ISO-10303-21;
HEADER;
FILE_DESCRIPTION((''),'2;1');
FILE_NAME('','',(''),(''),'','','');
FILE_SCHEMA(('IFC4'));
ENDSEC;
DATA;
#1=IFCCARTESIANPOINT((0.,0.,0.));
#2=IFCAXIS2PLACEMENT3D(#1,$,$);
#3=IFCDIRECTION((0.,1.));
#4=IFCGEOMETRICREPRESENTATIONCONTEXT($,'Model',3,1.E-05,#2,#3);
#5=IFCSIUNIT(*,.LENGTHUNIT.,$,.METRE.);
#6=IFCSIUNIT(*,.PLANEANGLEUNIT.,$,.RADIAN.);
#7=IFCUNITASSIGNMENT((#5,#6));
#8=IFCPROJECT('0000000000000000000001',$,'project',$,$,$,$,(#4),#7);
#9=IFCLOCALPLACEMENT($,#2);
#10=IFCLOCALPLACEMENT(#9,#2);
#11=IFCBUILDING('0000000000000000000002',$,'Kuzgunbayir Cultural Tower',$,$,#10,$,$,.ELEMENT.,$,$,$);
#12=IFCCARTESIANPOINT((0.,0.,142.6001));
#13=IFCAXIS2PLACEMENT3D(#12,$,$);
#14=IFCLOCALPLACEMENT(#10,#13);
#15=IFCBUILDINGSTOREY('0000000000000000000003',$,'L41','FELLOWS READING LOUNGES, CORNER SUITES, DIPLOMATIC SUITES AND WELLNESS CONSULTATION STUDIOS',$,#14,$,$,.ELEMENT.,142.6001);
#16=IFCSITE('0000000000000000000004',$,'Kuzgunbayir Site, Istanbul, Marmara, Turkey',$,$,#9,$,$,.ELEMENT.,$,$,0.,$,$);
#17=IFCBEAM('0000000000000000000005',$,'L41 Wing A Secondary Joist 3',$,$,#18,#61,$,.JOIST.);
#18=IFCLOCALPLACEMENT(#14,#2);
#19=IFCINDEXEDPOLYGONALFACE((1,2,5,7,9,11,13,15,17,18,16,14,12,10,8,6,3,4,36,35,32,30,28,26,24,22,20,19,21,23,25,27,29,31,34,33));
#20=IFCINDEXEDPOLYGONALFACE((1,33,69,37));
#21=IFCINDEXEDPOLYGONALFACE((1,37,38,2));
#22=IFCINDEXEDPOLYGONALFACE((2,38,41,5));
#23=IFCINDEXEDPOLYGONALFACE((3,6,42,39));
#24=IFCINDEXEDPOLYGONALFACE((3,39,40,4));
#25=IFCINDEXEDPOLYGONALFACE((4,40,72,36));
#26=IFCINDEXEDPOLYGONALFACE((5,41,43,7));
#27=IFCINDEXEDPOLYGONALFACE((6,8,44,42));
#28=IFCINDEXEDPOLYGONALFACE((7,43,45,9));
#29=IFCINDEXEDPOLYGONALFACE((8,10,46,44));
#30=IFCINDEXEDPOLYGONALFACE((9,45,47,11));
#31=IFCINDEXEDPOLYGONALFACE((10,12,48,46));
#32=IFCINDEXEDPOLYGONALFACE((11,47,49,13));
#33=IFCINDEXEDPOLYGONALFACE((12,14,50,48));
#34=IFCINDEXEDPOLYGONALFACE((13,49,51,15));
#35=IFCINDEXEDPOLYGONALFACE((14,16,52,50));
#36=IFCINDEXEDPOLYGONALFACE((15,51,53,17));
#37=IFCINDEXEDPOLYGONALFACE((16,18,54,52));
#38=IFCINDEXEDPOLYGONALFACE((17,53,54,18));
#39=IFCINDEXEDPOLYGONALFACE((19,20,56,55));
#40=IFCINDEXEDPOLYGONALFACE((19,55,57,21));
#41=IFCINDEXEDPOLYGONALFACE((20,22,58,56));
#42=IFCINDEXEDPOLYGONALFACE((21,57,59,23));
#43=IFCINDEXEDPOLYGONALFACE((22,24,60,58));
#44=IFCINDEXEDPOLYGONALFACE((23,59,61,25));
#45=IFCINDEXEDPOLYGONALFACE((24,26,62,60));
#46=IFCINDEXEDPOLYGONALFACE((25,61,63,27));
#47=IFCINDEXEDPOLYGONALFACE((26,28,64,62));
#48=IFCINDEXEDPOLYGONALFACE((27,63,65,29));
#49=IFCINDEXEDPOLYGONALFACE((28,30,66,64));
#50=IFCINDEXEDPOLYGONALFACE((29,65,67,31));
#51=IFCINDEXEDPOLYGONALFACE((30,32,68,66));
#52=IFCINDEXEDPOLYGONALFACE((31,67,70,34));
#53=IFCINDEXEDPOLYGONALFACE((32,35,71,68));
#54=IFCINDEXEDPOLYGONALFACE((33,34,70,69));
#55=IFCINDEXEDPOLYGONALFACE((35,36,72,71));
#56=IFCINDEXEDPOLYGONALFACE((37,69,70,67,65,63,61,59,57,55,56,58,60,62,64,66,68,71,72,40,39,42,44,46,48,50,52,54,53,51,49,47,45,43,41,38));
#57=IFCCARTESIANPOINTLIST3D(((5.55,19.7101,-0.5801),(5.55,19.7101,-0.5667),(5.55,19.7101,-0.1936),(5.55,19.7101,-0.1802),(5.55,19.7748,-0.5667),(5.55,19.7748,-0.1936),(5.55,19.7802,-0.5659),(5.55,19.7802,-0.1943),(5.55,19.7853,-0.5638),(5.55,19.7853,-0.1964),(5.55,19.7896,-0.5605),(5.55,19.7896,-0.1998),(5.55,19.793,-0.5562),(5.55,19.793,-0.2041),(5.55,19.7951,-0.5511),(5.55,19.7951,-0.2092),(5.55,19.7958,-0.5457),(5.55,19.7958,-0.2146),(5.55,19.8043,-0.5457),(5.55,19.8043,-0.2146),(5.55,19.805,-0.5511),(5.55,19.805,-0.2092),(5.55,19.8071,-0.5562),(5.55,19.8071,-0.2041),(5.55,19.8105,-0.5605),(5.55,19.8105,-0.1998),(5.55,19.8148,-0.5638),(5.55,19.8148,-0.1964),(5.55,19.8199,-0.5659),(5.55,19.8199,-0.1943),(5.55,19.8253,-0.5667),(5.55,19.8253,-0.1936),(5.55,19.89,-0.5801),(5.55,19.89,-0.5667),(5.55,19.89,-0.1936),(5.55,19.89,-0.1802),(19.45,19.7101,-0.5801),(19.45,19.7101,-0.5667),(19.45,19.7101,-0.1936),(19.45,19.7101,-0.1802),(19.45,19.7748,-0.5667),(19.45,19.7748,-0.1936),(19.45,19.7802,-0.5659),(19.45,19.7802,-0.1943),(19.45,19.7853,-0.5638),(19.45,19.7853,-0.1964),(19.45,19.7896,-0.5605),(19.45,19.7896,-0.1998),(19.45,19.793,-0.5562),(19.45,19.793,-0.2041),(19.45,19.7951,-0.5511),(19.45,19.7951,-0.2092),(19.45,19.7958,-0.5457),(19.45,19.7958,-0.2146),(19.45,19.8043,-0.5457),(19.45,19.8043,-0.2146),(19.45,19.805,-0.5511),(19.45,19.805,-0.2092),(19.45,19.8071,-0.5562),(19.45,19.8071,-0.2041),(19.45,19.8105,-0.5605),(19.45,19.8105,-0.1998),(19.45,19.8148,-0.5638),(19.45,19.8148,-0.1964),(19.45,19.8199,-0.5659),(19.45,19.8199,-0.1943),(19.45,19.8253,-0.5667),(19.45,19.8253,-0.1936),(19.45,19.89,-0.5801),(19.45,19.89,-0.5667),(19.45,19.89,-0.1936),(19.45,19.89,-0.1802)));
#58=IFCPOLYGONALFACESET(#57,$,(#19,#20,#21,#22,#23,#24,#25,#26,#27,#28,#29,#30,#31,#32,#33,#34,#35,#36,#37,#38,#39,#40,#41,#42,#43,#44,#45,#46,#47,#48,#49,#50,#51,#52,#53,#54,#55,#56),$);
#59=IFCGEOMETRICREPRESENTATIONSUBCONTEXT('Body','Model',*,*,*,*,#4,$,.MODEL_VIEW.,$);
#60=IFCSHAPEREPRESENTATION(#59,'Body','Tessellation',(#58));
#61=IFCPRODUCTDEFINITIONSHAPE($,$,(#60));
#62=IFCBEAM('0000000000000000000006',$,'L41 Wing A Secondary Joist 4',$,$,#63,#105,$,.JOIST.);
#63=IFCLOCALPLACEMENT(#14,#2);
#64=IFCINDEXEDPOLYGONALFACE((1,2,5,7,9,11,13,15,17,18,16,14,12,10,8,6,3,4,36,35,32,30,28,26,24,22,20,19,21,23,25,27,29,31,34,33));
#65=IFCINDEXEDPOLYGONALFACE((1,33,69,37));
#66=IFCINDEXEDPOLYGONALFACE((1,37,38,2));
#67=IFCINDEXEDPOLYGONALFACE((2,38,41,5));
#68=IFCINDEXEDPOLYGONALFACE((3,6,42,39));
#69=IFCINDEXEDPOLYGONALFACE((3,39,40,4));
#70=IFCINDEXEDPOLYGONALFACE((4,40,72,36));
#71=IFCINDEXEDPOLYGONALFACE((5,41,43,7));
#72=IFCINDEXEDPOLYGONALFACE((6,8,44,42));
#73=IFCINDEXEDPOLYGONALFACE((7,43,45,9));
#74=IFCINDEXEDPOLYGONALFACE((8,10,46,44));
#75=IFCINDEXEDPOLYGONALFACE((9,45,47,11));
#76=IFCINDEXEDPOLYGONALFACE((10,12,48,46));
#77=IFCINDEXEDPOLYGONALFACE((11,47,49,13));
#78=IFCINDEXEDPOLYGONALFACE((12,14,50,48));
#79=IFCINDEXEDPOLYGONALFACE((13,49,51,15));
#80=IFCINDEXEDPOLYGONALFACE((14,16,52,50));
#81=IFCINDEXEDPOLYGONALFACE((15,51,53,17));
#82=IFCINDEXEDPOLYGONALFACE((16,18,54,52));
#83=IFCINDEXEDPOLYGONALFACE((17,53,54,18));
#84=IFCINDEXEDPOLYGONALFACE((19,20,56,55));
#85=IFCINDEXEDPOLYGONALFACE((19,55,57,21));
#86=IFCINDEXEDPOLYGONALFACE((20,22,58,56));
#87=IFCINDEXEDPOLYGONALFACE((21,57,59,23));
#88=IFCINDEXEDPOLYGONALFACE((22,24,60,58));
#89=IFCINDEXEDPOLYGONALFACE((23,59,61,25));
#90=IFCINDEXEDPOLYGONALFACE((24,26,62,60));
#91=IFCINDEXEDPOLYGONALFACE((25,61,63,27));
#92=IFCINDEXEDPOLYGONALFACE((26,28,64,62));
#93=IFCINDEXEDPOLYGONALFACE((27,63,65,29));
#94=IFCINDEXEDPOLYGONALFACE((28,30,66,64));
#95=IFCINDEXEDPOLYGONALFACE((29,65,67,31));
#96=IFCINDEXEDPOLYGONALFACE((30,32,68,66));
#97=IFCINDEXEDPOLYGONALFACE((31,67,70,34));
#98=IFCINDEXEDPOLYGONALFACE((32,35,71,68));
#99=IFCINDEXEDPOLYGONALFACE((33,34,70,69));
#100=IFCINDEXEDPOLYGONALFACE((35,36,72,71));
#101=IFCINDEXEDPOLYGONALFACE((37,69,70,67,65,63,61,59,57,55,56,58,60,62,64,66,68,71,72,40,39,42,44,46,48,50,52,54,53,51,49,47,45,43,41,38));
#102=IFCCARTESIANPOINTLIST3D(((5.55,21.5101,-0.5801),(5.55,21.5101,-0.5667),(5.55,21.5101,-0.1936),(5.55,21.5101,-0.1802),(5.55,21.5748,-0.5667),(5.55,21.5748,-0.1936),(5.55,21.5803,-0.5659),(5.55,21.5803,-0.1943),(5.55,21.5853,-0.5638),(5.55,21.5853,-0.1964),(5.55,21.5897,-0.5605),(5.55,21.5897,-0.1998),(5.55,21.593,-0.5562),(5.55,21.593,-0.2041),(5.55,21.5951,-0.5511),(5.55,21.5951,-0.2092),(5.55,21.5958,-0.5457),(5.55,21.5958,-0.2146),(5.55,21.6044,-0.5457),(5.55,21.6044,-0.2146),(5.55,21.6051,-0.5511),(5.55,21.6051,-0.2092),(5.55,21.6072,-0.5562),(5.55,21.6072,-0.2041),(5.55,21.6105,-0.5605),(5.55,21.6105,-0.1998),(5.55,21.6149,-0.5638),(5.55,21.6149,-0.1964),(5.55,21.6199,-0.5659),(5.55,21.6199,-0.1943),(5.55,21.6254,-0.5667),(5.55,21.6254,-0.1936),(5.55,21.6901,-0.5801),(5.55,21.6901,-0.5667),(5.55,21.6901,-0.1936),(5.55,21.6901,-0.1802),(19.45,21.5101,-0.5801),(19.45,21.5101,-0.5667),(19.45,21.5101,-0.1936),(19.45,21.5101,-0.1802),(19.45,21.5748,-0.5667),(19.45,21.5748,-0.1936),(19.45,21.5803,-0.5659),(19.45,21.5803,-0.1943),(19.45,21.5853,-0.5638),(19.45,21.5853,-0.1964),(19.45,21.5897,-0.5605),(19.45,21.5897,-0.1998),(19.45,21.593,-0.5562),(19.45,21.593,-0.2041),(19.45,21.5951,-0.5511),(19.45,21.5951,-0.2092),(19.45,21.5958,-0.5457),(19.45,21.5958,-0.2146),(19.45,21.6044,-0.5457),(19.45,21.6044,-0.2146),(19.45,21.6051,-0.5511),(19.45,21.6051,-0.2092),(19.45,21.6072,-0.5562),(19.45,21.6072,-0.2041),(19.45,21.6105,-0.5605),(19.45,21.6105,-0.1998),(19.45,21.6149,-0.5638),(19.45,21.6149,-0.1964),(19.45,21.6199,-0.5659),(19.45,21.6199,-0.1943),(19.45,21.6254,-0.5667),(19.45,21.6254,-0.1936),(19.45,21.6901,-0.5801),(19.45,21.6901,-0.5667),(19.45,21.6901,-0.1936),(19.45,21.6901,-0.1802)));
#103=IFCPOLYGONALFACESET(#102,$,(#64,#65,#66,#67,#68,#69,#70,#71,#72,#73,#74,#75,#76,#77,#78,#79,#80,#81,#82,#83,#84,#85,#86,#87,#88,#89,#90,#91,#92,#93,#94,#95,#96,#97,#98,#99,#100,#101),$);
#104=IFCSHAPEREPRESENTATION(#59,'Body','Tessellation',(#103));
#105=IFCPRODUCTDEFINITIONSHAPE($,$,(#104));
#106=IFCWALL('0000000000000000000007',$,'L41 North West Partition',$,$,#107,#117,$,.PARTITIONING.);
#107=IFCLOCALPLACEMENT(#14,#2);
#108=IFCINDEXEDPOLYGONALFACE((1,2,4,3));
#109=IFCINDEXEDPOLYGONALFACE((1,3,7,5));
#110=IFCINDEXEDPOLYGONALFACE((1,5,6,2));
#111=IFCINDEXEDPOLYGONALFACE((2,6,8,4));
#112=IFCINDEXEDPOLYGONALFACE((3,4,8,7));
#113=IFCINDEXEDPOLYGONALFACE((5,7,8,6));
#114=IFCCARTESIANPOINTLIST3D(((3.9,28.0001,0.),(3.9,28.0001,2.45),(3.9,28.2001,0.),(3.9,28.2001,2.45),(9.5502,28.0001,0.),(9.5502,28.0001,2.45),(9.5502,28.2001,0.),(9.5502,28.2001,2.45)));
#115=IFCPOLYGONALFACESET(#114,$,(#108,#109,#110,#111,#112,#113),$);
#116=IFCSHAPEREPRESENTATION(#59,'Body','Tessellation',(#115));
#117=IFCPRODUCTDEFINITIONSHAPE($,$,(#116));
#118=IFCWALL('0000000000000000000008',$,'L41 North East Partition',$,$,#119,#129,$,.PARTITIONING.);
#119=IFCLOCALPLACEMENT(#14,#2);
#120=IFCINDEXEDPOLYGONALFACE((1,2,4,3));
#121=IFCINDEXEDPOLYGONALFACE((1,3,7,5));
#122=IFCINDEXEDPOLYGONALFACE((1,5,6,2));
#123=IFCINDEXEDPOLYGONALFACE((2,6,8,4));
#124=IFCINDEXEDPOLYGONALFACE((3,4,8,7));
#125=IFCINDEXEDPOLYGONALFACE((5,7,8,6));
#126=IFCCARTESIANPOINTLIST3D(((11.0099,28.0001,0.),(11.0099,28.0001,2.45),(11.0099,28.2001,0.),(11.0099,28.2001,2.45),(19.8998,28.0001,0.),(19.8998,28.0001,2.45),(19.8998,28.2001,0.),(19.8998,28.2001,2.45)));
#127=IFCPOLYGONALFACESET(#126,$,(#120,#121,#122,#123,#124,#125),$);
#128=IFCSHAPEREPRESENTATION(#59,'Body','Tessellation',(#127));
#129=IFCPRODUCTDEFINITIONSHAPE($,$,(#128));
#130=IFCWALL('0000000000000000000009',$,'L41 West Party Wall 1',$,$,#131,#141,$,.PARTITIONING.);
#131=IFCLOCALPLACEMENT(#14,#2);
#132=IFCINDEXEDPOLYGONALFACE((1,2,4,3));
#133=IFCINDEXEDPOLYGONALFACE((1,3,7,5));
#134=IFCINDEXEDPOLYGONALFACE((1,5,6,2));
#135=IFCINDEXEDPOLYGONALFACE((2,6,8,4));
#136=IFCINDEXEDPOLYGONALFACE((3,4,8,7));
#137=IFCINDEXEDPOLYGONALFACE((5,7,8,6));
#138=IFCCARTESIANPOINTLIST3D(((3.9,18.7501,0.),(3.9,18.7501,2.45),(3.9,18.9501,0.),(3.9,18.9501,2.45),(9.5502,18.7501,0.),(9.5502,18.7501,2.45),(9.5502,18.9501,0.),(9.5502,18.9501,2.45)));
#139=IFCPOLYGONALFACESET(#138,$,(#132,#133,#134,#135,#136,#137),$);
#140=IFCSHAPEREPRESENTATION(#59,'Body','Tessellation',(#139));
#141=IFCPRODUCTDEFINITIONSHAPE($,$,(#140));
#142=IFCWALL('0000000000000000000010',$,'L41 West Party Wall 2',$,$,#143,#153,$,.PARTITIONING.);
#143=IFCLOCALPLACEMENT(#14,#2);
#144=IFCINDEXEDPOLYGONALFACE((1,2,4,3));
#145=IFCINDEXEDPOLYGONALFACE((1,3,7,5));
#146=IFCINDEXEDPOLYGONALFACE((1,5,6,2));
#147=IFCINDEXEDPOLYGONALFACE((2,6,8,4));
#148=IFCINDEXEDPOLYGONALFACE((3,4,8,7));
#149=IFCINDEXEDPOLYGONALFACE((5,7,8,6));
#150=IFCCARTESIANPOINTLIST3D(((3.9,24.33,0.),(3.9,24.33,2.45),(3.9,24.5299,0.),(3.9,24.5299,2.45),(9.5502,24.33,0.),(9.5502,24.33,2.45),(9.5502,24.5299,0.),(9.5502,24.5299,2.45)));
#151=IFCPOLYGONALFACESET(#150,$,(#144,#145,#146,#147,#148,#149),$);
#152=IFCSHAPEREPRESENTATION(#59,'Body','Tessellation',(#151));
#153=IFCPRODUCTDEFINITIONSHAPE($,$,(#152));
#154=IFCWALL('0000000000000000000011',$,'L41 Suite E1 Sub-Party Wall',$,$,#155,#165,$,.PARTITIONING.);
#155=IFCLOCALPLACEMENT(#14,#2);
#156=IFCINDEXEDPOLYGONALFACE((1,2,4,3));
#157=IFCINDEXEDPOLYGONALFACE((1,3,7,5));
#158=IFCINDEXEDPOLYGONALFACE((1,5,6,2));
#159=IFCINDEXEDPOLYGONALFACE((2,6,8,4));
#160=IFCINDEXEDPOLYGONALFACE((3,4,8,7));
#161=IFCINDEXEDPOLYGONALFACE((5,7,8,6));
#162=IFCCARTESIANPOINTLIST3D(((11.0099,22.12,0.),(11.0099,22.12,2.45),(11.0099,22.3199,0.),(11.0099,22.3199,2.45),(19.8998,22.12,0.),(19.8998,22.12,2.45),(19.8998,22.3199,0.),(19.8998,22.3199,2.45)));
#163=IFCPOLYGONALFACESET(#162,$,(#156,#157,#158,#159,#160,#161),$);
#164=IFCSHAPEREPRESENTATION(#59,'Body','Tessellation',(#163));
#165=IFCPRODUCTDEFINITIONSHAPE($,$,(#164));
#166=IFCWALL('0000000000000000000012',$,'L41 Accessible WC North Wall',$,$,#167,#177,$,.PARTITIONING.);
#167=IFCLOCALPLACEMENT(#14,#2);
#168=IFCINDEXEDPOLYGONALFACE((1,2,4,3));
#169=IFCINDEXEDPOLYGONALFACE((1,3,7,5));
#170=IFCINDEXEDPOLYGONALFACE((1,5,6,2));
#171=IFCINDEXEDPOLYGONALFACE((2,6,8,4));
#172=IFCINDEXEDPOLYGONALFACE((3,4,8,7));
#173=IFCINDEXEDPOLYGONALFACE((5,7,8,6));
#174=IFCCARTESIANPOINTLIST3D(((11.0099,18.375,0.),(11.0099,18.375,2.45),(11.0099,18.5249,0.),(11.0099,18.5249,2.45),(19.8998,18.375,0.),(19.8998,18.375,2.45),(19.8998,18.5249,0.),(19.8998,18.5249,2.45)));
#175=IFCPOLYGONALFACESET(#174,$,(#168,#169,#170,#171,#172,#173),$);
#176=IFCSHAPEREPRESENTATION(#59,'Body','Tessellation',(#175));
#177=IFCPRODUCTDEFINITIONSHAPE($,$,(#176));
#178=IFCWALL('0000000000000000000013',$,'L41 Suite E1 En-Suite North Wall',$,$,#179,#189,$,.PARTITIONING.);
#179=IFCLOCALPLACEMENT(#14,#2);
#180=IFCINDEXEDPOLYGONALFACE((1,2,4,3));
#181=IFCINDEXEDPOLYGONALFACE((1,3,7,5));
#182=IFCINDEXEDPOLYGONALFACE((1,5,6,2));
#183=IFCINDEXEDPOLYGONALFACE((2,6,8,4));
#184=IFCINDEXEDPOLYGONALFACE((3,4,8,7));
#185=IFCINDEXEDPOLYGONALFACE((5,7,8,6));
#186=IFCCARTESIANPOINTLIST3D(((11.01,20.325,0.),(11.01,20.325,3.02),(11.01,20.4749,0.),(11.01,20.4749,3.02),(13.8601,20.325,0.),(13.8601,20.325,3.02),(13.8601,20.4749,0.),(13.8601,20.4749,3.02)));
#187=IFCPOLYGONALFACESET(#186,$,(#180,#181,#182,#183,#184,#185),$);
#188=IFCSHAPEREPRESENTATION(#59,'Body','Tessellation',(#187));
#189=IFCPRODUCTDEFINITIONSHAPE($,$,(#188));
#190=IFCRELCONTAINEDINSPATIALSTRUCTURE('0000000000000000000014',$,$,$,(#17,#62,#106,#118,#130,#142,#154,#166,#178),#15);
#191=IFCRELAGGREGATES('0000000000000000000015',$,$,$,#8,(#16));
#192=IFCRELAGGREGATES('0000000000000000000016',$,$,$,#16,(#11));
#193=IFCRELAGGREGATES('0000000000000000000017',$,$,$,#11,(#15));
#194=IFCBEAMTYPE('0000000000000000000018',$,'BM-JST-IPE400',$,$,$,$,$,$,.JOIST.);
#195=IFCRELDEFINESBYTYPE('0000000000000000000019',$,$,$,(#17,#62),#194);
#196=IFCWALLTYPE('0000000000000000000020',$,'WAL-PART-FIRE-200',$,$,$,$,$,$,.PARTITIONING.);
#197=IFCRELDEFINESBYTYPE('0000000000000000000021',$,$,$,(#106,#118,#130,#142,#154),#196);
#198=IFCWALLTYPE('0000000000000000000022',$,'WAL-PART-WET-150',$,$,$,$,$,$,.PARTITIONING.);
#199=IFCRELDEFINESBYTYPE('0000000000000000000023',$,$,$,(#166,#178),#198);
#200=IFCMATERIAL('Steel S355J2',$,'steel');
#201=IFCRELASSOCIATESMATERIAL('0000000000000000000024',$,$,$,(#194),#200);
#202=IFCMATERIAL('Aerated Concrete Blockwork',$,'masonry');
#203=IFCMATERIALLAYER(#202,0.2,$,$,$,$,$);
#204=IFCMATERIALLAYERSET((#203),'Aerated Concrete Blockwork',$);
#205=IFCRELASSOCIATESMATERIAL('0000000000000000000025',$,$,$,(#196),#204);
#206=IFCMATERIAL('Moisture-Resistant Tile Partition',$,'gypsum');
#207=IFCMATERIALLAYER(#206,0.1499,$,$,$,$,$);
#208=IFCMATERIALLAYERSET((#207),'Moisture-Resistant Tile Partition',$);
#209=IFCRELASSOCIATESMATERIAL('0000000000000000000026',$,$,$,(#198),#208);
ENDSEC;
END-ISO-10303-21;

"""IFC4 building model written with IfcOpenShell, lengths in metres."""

from ifc_helpers import new_model, si_unit, direction, frame, frame_2d, origin, origin_2d, place, context, subcontext, project, spatial, rectangle, i_section, extrude, material, layer, layer_set, material_profile, profile_set, type_object, element, save


model = new_model("IFC4")

# Units and contexts
model_context = context("Model", 3, precision=1e-05, world=origin(), true_north=direction((0.0, 1.0)))
body_context = subcontext(model_context, "Body", "Model", "MODEL_VIEW")
ifc_project = project(units=[si_unit("LENGTHUNIT", "METRE"), si_unit("PLANEANGLEUNIT", "RADIAN")], contexts=[model_context])

# Site, building, storey
site_placement = place(None, origin())
site = spatial("IfcSite", under=ifc_project, at=site_placement, Name="Kuzgunbayir Site, Istanbul, Marmara, Turkey", CompositionType="ELEMENT", RefElevation=0.0)
building_placement = place(site_placement, origin())
building = spatial("IfcBuilding", under=site, at=building_placement, Name="Kuzgunbayir Cultural Tower", CompositionType="ELEMENT")
storey_placement = place(building_placement, frame((0.0, 0.0, 142.6001)))
storey = spatial("IfcBuildingStorey", under=building, at=storey_placement, Name="L41", Description="FELLOWS READING LOUNGES, CORNER SUITES, DIPLOMATIC SUITES AND WELLNESS CONSULTATION STUDIOS", CompositionType="ELEMENT", Elevation=142.6001)

# Beams
ifc_material_1 = material(Name="Steel S355J2", Category="steel")
ifc_material_profile_1 = material_profile(ifc_material_1, i_section(OverallWidth=0.1799, OverallDepth=0.3999, WebThickness=0.0085, FlangeThickness=0.0134, FilletRadius=0.021, at=origin_2d()), Name="IPE 400")
ifc_profile_set_1 = profile_set([ifc_material_profile_1], Name="Steel S355J2")
beam_type_1 = type_object("IfcBeamType", Name="BM-JST-IPE400", PredefinedType="JOIST", material=ifc_profile_set_1)
for number, where, z_axis, x_axis, name in (
    (1, (5.55, 19.8, -0.3801), (1.0, 0.0, 0.0), (0.0, 1.0, 0.0), "L41 Wing A Secondary Joist 3"),
    (2, (5.55, 21.6001, -0.3801), (1.0, 0.0, 0.0), (0.0, 1.0, 0.0), "L41 Wing A Secondary Joist 4"),
):
    element("IfcBeam", number, at=place(storey_placement, frame(where, z_axis=z_axis, x_axis=x_axis)), inside=storey, type_object=beam_type_1, Name=name, PredefinedType="JOIST", context=body_context, shape_type="SweptSolid", body=[
        extrude(i_section(OverallWidth=0.1799, OverallDepth=0.3999, WebThickness=0.0085, FlangeThickness=0.0134, FilletRadius=0.021, at=origin_2d()), origin(), (0.0, 0.0, 1.0), 13.8999),
    ])

# Walls
ifc_material_2 = material(Name="Aerated Concrete Blockwork", Category="masonry")
ifc_layer_1 = layer(ifc_material_2, 0.2)
ifc_layer_set_1 = layer_set([ifc_layer_1], Name="Aerated Concrete Blockwork")
wall_type_1 = type_object("IfcWallType", Name="WAL-PART-FIRE-200", PredefinedType="PARTITIONING", material=ifc_layer_set_1)
wall_1_placement = place(storey_placement, frame((3.8999, 28.1001, 0.0), z_axis=(0.0, 0.0, 1.0), x_axis=(1.0, 0.0, 0.0)))
element("IfcWall", 3, at=wall_1_placement, inside=storey, type_object=wall_type_1, Name="L41 North West Partition", PredefinedType="PARTITIONING", context=body_context, shape_type="SweptSolid", body=[
    extrude(rectangle(XDim=5.6501, YDim=0.2, at=frame_2d((2.8252, 0.0))), origin(), (0.0, 0.0, 1.0), 2.45),
])
wall_2_placement = place(storey_placement, frame((11.01, 28.1001, 0.0), z_axis=(0.0, 0.0, 1.0), x_axis=(1.0, 0.0, 0.0)))
element("IfcWall", 4, at=wall_2_placement, inside=storey, type_object=wall_type_1, Name="L41 North East Partition", PredefinedType="PARTITIONING", context=body_context, shape_type="SweptSolid", body=[
    extrude(rectangle(XDim=8.8899, YDim=0.2, at=frame_2d((4.4448, 0.0))), origin(), (0.0, 0.0, 1.0), 2.45),
])
for number, where, z_axis, x_axis, name in (
    (5, (3.8999, 18.8501, 0.0), (0.0, 0.0, 1.0), (1.0, 0.0, 0.0), "L41 West Party Wall 1"),
    (6, (3.8999, 24.4299, 0.0), (0.0, 0.0, 1.0), (1.0, 0.0, 0.0), "L41 West Party Wall 2"),
):
    element("IfcWall", number, at=place(storey_placement, frame(where, z_axis=z_axis, x_axis=x_axis)), inside=storey, type_object=wall_type_1, Name=name, PredefinedType="PARTITIONING", context=body_context, shape_type="SweptSolid", body=[
        extrude(rectangle(XDim=5.6501, YDim=0.2, at=frame_2d((2.8252, 0.0))), origin(), (0.0, 0.0, 1.0), 2.45),
    ])
wall_3_placement = place(storey_placement, frame((11.01, 22.22, 0.0), z_axis=(0.0, 0.0, 1.0), x_axis=(1.0, 0.0, 0.0)))
element("IfcWall", 7, at=wall_3_placement, inside=storey, type_object=wall_type_1, Name="L41 Suite E1 Sub-Party Wall", PredefinedType="PARTITIONING", context=body_context, shape_type="SweptSolid", body=[
    extrude(rectangle(XDim=8.8899, YDim=0.2, at=frame_2d((4.4448, 0.0))), origin(), (0.0, 0.0, 1.0), 2.45),
])
ifc_material_3 = material(Name="Moisture-Resistant Tile Partition", Category="gypsum")
ifc_layer_2 = layer(ifc_material_3, 0.1499)
ifc_layer_set_2 = layer_set([ifc_layer_2], Name="Moisture-Resistant Tile Partition")
wall_type_2 = type_object("IfcWallType", Name="WAL-PART-WET-150", PredefinedType="PARTITIONING", material=ifc_layer_set_2)
wall_4_placement = place(storey_placement, frame((11.01, 18.45, 0.0), z_axis=(0.0, 0.0, 1.0), x_axis=(1.0, 0.0, 0.0)))
element("IfcWall", 8, at=wall_4_placement, inside=storey, type_object=wall_type_2, Name="L41 Accessible WC North Wall", PredefinedType="PARTITIONING", context=body_context, shape_type="SweptSolid", body=[
    extrude(rectangle(XDim=8.8899, YDim=0.1499, at=frame_2d((4.4448, 0.0))), origin(), (0.0, 0.0, 1.0), 2.45),
])
wall_5_placement = place(storey_placement, frame((11.01, 20.3999, 0.0), z_axis=(0.0, 0.0, 1.0), x_axis=(1.0, 0.0, 0.0)))
element("IfcWall", 9, at=wall_5_placement, inside=storey, type_object=wall_type_2, Name="L41 Suite E1 En-Suite North Wall", PredefinedType="PARTITIONING", context=body_context, shape_type="SweptSolid", body=[
    extrude(rectangle(XDim=2.8501, YDim=0.1499, at=frame_2d((1.425, 0.0))), origin(), (0.0, 0.0, 1.0), 3.02),
])

save(model, "model.ifc")
